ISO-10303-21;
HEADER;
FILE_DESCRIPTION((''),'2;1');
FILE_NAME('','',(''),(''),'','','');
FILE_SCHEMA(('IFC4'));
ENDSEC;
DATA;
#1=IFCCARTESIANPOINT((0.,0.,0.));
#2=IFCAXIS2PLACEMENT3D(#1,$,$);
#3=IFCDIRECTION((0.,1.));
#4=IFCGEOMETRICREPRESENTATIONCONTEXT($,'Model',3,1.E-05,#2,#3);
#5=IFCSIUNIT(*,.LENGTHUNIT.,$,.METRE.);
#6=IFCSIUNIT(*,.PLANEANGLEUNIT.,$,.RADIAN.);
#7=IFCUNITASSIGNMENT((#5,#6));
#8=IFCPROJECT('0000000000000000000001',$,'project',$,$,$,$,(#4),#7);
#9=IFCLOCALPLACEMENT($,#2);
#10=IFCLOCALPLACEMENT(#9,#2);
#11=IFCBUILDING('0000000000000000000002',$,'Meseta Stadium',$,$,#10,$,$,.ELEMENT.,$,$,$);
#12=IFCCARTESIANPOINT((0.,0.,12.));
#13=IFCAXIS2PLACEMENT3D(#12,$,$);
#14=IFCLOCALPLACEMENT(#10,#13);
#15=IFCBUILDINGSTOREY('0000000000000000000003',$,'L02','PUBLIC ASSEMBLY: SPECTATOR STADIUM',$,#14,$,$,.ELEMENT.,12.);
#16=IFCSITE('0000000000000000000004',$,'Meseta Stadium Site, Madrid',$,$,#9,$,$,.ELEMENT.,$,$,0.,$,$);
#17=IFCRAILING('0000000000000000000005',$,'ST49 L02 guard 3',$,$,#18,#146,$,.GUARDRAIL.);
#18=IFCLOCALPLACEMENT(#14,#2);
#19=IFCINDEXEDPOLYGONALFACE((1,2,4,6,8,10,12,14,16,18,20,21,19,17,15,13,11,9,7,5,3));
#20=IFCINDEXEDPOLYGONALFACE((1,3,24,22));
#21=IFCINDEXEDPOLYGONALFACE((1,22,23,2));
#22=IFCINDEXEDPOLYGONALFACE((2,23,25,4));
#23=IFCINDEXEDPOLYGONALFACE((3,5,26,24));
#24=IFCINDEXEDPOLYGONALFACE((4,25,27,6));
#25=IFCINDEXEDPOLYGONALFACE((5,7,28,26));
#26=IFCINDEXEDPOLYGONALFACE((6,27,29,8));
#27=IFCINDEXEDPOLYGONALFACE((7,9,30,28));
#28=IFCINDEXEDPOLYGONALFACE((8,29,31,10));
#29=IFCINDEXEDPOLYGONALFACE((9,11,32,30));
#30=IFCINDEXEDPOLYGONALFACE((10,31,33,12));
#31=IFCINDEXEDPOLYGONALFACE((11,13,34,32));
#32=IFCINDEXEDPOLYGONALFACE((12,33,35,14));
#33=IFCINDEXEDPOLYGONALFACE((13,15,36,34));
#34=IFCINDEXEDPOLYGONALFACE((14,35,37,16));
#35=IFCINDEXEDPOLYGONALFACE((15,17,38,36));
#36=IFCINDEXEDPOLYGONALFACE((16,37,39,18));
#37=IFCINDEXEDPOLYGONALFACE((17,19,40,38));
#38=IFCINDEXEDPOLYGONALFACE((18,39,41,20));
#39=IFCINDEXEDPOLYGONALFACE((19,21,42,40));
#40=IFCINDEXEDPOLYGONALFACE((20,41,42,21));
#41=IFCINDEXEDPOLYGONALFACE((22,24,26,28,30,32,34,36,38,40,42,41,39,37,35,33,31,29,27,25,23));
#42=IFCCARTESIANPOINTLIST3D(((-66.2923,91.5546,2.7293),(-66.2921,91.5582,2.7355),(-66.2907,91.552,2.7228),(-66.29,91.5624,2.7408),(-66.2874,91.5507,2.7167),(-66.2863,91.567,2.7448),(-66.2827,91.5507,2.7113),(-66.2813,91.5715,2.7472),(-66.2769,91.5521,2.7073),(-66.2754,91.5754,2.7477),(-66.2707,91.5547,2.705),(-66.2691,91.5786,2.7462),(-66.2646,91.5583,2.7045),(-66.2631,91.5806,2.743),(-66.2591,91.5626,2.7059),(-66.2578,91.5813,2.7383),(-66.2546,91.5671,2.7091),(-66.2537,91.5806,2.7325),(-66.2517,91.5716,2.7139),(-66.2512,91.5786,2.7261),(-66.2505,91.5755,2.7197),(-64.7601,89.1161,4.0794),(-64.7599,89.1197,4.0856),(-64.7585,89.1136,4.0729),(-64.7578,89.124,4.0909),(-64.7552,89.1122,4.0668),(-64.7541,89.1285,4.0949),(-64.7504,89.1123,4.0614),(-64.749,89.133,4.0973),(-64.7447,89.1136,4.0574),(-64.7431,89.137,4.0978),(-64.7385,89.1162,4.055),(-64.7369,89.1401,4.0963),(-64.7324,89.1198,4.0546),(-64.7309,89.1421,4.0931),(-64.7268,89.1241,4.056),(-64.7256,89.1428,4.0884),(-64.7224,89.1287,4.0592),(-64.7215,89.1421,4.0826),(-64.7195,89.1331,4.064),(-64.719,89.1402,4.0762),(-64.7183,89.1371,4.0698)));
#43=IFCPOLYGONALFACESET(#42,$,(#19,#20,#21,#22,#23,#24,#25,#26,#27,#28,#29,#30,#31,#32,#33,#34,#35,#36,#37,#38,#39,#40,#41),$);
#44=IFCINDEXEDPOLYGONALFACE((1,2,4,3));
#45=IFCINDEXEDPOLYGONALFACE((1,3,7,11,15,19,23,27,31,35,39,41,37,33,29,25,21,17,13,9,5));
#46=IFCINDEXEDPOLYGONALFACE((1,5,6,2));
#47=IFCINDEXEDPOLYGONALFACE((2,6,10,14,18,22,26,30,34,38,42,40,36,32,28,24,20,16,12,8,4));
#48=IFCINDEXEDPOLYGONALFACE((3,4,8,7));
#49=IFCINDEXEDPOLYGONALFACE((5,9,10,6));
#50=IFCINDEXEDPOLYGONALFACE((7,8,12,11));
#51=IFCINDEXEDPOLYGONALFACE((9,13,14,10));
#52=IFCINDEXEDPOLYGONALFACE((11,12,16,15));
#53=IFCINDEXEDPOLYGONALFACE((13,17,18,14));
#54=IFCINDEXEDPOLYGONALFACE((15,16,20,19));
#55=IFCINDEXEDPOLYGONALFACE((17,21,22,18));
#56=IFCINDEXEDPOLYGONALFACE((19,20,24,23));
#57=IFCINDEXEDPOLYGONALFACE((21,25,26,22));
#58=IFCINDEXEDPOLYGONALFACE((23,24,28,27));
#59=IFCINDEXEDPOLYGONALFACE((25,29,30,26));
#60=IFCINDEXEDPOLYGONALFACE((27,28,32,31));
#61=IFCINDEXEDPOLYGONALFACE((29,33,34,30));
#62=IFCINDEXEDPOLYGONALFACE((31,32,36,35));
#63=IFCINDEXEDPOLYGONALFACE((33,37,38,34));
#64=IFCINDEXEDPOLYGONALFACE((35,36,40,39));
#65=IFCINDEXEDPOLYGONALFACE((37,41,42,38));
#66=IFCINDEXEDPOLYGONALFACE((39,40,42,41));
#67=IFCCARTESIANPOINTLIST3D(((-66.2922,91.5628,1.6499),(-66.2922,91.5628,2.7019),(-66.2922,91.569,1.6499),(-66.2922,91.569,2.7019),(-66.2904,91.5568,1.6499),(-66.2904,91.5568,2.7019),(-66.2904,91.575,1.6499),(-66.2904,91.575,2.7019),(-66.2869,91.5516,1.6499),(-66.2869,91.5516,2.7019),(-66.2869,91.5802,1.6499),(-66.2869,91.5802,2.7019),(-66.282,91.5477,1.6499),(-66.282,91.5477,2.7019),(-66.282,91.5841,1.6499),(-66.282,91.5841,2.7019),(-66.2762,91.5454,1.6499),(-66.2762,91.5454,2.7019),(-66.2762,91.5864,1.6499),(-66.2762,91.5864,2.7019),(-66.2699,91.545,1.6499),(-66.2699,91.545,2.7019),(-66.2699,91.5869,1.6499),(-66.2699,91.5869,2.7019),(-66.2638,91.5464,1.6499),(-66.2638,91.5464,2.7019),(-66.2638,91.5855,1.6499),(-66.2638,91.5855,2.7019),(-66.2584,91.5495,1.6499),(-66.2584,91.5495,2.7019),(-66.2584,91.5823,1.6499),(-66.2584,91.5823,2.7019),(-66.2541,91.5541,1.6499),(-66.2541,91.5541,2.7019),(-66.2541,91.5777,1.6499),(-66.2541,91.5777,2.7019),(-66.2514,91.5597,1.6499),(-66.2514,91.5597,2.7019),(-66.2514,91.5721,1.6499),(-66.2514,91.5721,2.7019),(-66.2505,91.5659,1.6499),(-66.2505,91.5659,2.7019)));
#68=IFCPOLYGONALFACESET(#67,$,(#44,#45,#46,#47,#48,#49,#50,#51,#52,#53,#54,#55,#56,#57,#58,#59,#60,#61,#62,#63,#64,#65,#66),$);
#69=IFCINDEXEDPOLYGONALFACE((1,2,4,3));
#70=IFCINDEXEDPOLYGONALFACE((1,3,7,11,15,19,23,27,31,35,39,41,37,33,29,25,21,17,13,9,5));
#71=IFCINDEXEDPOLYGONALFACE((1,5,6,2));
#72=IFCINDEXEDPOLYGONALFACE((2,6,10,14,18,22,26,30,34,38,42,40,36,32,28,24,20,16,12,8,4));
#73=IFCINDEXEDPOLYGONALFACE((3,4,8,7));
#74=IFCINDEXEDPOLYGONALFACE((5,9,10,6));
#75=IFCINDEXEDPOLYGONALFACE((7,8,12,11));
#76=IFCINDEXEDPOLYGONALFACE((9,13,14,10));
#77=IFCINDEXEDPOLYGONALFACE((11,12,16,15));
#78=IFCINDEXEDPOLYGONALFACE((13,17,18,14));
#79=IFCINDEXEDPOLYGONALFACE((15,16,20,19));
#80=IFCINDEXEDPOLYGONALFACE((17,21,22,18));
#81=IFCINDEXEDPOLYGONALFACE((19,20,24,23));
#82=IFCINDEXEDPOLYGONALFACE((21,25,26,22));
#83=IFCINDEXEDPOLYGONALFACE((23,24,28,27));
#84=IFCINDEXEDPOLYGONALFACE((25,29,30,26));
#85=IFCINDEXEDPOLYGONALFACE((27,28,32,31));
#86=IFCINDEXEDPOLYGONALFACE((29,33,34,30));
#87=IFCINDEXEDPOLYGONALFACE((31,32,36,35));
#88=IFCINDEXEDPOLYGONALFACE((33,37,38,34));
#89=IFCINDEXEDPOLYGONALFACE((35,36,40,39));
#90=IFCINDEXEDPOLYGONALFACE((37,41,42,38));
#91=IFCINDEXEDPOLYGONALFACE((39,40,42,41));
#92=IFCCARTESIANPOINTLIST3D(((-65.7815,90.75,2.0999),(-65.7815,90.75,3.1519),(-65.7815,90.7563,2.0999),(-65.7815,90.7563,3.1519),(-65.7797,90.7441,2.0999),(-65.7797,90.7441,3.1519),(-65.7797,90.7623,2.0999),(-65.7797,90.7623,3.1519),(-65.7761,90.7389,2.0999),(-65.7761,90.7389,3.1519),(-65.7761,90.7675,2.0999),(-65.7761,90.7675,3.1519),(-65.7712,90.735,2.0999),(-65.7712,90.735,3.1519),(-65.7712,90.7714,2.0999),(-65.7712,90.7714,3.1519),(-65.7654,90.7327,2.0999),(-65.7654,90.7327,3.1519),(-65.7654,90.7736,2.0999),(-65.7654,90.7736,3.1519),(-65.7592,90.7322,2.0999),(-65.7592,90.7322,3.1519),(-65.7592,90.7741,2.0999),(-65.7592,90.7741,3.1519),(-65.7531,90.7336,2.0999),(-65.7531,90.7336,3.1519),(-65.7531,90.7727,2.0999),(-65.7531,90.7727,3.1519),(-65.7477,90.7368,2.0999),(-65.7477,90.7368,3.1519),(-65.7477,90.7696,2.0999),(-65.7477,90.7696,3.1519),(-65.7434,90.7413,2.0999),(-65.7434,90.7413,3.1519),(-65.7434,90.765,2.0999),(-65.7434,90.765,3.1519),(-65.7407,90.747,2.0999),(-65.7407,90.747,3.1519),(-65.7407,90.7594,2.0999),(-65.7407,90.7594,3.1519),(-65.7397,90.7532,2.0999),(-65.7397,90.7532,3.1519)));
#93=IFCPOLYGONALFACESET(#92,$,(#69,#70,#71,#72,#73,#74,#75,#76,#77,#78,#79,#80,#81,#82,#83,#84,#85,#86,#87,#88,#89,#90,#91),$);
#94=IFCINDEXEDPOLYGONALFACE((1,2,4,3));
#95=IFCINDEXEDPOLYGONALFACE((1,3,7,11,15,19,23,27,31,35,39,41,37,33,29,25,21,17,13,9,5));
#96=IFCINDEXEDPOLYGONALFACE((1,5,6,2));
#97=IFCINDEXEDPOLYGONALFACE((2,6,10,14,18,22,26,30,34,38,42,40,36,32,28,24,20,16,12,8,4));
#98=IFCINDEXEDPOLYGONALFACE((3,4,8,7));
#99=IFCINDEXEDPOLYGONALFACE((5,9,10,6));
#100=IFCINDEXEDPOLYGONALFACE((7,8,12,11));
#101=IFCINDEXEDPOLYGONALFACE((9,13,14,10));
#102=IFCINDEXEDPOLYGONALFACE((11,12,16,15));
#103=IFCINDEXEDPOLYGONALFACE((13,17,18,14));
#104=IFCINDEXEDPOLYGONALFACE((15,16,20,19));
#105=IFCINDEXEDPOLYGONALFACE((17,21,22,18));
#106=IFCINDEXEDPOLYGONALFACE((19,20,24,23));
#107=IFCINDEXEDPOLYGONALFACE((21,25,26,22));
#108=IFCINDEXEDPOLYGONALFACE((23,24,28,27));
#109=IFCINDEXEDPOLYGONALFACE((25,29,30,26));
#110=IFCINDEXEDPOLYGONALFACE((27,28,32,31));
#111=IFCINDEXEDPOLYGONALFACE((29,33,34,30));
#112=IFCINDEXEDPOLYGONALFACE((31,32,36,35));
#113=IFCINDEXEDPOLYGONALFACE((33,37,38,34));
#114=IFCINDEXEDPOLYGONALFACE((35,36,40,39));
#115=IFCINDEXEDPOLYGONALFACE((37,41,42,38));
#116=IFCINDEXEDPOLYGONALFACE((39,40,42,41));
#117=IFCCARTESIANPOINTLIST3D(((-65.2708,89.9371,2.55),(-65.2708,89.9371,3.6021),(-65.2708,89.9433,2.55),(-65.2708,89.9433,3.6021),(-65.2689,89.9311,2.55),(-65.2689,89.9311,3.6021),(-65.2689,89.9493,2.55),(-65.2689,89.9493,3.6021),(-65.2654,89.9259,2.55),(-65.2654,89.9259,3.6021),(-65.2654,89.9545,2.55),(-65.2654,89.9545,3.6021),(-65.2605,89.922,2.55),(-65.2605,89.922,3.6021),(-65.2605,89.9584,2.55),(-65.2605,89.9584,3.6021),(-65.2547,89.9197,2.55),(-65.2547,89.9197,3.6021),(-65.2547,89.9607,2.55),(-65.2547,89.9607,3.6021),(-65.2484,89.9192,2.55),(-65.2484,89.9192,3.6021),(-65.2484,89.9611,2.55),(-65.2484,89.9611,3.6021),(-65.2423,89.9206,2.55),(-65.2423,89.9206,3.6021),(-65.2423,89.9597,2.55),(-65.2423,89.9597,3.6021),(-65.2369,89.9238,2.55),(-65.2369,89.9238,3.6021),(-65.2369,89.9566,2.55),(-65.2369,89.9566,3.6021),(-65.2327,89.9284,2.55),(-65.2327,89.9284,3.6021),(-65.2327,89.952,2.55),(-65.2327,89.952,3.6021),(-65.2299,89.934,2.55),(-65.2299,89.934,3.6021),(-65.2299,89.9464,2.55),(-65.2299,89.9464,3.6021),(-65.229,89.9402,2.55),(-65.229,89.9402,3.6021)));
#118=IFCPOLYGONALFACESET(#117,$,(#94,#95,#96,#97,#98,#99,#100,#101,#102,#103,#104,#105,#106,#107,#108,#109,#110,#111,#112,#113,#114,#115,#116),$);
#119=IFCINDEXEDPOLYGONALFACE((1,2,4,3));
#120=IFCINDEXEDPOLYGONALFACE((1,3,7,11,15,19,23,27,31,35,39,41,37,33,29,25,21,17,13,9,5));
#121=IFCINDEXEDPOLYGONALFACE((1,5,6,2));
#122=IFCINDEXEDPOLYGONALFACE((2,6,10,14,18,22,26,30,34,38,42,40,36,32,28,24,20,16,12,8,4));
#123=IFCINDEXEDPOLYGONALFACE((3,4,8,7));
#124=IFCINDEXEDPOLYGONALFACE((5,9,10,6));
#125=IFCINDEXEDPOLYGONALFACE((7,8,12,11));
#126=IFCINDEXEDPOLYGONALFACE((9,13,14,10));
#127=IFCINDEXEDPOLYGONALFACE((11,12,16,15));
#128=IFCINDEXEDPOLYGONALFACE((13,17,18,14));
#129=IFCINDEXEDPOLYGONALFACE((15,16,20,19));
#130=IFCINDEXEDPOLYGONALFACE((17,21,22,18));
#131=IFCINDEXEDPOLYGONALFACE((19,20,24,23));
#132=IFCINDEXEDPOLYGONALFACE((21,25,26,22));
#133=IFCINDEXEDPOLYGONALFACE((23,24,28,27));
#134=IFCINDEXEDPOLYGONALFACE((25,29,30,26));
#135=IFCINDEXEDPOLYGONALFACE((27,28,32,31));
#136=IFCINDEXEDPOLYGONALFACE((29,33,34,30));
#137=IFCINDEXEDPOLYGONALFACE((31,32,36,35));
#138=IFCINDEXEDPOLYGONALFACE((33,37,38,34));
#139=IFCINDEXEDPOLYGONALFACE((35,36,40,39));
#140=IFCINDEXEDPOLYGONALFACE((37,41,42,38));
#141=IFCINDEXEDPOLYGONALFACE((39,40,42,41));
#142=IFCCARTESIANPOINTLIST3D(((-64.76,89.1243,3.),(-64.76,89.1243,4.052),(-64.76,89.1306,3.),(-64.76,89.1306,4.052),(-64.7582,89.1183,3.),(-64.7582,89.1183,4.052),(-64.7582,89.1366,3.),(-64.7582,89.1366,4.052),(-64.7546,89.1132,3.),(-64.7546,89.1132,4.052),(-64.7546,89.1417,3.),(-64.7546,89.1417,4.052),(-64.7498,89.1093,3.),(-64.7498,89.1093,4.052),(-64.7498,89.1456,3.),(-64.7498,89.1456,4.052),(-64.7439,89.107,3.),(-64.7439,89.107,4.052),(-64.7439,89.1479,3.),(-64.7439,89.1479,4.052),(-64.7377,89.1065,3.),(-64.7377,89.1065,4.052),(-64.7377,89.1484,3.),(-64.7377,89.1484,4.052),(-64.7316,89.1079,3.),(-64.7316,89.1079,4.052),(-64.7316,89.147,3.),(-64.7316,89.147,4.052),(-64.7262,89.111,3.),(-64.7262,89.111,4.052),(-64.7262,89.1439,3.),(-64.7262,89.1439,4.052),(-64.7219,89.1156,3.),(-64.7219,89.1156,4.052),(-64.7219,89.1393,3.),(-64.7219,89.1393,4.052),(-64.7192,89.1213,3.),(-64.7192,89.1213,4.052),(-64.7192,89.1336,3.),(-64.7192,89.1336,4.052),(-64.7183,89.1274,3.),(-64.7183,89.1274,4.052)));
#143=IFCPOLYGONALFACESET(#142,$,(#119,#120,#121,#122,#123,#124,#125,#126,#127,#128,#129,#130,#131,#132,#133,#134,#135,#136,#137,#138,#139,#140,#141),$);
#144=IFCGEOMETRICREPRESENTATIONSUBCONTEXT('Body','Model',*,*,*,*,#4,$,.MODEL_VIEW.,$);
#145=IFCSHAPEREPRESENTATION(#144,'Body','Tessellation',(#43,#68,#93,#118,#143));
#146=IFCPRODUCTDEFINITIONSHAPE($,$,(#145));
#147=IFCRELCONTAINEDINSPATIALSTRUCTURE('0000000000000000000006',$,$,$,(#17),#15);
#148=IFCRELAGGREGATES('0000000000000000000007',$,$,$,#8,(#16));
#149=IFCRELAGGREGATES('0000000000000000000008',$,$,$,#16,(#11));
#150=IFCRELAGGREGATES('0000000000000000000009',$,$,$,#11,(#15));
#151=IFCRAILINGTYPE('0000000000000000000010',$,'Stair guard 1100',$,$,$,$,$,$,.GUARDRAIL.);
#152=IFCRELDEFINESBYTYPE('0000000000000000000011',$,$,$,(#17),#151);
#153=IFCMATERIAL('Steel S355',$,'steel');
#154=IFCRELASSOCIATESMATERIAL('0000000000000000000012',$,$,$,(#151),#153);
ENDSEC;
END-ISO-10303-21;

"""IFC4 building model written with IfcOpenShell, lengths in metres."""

from ifc_helpers import new_model, si_unit, direction, frame, origin, origin_2d, place, context, subcontext, project, spatial, circle, extrude, material, type_object, element, save


model = new_model("IFC4")

# Units and contexts
model_context = context("Model", 3, precision=1e-05, world=origin(), true_north=direction((0.0, 1.0)))
body_context = subcontext(model_context, "Body", "Model", "MODEL_VIEW")
ifc_project = project(units=[si_unit("LENGTHUNIT", "METRE"), si_unit("PLANEANGLEUNIT", "RADIAN")], contexts=[model_context])

# Site, building, storey
site_placement = place(None, origin())
site = spatial("IfcSite", under=ifc_project, at=site_placement, Name="Meseta Stadium Site, Madrid", CompositionType="ELEMENT", RefElevation=0.0)
building_placement = place(site_placement, origin())
building = spatial("IfcBuilding", under=site, at=building_placement, Name="Meseta Stadium", CompositionType="ELEMENT")
storey_placement = place(building_placement, frame((0.0, 0.0, 12.0)))
storey = spatial("IfcBuildingStorey", under=building, at=storey_placement, Name="L02", Description="PUBLIC ASSEMBLY: SPECTATOR STADIUM", CompositionType="ELEMENT", Elevation=12.0)

# Railing
ifc_material_1 = material(Name="Steel S355", Category="steel")
railing_type_1 = type_object("IfcRailingType", Name="Stair guard 1100", PredefinedType="GUARDRAIL", material=ifc_material_1)
railing_1_placement = place(storey_placement, frame((-66.2715, 91.5659, 1.6499)))
element("IfcRailing", 1, at=railing_1_placement, inside=storey, type_object=railing_type_1, Name="ST49 L02 guard 3", PredefinedType="GUARDRAIL", context=body_context, shape_type="SweptSolid", body=[
    extrude(circle(Radius=0.0239, at=origin_2d()), frame((0.0, 0.0, 1.0762), z_axis=(0.481731, -0.766655, 0.42447), x_axis=(0.846719, 0.53204, 0.0)), (0.0, 0.0, 1.0), 3.1807),
    extrude(circle(Radius=0.021, at=origin_2d()), origin(), (0.0, 0.0, 1.0), 1.052),
    extrude(circle(Radius=0.021, at=origin_2d()), frame((0.5107, -0.8127, 0.45)), (0.0, 0.0, 1.0), 1.052),
    extrude(circle(Radius=0.021, at=origin_2d()), frame((1.0215, -1.6257, 0.9001)), (0.0, 0.0, 1.0), 1.052),
    extrude(circle(Radius=0.021, at=origin_2d()), frame((1.5322, -2.4385, 1.3501)), (0.0, 0.0, 1.0), 1.052),
])

save(model, "model.ifc")
